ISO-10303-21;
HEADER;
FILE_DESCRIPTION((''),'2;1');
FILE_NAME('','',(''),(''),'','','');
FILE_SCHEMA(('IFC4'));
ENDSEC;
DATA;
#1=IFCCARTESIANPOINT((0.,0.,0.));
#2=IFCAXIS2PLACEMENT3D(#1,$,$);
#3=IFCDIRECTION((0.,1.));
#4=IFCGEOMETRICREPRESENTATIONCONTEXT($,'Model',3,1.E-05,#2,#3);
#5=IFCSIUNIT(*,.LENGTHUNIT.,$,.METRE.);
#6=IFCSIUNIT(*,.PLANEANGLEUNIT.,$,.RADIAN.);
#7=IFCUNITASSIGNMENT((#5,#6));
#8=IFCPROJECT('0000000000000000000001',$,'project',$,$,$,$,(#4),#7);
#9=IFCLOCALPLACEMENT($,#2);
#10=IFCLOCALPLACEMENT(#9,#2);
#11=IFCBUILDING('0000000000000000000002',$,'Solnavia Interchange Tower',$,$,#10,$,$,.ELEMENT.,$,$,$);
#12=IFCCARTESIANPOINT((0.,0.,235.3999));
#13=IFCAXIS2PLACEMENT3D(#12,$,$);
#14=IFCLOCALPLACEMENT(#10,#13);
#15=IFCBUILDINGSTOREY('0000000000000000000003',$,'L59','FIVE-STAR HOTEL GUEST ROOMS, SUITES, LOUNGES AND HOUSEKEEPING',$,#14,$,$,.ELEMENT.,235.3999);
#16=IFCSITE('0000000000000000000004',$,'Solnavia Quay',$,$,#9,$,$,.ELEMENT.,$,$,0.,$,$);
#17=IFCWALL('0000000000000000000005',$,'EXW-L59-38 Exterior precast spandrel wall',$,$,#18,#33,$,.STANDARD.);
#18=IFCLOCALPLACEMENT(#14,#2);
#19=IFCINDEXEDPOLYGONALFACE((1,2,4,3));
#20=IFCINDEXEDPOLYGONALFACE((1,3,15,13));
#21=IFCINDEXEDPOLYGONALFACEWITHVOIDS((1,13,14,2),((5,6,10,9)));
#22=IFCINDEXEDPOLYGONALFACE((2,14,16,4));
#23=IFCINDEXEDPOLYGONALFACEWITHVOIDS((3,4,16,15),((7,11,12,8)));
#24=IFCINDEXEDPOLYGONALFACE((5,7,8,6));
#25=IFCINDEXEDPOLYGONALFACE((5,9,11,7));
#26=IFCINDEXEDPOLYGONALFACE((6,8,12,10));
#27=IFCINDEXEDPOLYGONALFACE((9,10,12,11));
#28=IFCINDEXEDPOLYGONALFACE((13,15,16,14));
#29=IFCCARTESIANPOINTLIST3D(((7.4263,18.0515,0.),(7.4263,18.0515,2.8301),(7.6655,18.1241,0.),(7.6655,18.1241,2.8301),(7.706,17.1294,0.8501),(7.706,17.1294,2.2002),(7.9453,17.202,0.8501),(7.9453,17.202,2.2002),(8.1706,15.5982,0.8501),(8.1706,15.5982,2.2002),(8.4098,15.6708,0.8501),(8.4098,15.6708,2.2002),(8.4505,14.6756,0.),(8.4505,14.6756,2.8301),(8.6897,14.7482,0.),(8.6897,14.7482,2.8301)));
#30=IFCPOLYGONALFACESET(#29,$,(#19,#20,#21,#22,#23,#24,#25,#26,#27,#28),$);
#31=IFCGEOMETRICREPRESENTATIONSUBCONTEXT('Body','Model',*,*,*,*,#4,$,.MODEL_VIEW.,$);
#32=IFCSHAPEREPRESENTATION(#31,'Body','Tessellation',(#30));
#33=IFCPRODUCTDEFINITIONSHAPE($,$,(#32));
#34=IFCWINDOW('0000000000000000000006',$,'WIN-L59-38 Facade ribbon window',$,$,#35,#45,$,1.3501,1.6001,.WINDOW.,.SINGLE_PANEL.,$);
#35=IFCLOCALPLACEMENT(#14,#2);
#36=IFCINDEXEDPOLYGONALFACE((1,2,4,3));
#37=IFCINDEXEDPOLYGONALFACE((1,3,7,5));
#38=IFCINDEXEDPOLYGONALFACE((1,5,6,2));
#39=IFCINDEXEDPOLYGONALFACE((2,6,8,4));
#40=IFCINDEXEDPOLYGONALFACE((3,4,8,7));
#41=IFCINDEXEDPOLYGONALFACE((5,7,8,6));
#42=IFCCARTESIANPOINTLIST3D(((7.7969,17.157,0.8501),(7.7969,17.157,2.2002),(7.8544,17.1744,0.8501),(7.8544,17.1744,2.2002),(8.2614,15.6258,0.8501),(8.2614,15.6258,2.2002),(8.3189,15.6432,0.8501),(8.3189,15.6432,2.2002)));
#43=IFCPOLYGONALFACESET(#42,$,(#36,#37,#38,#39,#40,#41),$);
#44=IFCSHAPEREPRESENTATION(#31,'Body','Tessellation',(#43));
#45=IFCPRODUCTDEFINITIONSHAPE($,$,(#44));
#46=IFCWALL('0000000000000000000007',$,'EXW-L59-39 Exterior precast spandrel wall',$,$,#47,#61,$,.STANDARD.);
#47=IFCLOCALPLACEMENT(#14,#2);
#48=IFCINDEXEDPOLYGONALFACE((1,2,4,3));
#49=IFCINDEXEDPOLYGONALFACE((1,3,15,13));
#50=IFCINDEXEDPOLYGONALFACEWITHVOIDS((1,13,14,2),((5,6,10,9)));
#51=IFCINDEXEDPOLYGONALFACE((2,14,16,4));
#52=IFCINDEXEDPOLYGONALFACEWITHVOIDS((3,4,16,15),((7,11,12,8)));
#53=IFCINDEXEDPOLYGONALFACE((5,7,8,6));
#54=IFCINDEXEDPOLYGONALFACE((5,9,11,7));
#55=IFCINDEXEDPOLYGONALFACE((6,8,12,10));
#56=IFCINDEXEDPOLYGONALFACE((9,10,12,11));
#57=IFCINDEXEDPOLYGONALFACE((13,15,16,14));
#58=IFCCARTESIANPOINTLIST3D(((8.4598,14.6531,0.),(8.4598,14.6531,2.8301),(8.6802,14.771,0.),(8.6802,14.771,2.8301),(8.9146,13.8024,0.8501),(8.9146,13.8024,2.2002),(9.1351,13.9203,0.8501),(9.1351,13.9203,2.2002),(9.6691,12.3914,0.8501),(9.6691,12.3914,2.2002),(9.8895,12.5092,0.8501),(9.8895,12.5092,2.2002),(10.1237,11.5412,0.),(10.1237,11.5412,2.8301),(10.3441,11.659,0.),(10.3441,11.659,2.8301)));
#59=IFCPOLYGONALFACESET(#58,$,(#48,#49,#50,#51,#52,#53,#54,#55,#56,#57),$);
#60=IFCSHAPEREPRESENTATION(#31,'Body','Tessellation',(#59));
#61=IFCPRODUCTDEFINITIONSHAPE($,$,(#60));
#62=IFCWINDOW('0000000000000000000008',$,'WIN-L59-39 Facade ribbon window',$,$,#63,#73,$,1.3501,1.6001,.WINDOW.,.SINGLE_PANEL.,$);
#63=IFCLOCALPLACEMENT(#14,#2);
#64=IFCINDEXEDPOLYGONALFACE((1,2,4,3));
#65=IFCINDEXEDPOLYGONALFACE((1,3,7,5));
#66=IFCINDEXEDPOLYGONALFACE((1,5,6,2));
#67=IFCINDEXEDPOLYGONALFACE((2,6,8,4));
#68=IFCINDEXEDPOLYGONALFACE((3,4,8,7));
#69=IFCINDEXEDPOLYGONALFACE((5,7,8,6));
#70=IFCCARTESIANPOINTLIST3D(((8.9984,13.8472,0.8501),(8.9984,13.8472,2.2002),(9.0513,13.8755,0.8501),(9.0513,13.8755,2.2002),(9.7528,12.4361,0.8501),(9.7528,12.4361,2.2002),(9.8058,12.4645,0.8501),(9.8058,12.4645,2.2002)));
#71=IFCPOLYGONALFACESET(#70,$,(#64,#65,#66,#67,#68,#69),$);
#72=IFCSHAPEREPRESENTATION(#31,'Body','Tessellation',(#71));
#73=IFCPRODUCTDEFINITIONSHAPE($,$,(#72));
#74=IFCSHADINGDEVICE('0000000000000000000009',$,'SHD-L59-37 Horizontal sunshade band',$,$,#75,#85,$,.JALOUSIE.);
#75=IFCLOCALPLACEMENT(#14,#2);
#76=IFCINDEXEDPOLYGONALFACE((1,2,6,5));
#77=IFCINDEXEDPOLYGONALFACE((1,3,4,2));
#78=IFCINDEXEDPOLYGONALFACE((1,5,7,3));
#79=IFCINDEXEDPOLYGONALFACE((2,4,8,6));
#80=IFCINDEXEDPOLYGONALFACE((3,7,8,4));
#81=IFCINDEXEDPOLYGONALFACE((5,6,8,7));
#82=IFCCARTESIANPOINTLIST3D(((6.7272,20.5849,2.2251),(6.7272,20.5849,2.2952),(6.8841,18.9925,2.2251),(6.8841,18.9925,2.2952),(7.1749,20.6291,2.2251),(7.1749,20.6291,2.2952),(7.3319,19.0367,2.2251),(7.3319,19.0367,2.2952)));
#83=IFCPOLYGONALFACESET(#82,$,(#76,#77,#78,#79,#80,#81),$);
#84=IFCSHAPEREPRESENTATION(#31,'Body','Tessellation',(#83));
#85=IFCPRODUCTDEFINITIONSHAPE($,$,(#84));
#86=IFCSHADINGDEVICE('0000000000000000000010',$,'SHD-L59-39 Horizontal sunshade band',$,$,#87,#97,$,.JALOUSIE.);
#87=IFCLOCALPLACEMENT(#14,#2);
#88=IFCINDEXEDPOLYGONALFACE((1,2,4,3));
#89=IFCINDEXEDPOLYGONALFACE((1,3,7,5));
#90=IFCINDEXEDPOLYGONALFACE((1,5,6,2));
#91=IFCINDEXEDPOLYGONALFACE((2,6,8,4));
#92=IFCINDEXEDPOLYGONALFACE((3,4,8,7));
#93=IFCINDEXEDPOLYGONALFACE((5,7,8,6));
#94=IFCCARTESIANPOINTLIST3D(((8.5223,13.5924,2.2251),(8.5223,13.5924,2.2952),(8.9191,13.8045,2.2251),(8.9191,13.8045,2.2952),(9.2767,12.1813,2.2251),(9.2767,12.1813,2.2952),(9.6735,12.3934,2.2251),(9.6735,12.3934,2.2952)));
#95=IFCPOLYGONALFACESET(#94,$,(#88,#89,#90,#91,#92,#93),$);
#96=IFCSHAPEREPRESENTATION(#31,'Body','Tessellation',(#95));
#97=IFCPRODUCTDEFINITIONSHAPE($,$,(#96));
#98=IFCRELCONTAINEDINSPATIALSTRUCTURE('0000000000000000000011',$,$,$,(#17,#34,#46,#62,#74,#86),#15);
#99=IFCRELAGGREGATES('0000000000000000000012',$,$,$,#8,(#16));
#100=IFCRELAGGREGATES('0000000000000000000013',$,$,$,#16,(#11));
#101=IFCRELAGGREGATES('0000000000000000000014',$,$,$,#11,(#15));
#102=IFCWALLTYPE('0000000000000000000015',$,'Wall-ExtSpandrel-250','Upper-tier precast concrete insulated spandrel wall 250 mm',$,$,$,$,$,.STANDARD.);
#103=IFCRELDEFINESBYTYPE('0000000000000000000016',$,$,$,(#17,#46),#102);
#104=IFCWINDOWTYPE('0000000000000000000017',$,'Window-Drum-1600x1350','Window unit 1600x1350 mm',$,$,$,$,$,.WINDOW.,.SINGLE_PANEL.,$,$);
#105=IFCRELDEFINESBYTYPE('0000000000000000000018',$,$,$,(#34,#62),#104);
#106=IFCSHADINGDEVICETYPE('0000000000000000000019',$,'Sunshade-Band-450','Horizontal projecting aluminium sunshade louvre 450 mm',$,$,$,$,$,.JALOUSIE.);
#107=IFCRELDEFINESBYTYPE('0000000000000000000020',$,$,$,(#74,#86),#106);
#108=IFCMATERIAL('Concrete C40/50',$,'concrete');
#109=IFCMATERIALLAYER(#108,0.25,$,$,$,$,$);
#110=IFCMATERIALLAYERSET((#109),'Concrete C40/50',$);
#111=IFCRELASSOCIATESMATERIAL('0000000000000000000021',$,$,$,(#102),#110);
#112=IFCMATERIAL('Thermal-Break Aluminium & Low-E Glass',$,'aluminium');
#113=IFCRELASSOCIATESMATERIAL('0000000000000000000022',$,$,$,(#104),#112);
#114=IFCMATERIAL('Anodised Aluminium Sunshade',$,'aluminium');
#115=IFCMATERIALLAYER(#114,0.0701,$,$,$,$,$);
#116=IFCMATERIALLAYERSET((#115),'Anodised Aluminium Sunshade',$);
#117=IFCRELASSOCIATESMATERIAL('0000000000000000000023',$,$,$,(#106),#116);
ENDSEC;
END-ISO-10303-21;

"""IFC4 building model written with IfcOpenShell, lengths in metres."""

from ifc_helpers import new_model, si_unit, direction, frame, frame_2d, origin, origin_2d, place, context, subcontext, project, spatial, rectangle, extrude, material, layer, layer_set, type_object, element, fill, save


model = new_model("IFC4")

# Units and contexts
model_context = context("Model", 3, precision=1e-05, world=origin(), true_north=direction((0.0, 1.0)))
body_context = subcontext(model_context, "Body", "Model", "MODEL_VIEW")
ifc_project = project(units=[si_unit("LENGTHUNIT", "METRE"), si_unit("PLANEANGLEUNIT", "RADIAN")], contexts=[model_context])

# Site, building, storey
site_placement = place(None, origin())
site = spatial("IfcSite", under=ifc_project, at=site_placement, Name="Solnavia Quay", CompositionType="ELEMENT", RefElevation=0.0)
building_placement = place(site_placement, origin())
building = spatial("IfcBuilding", under=site, at=building_placement, Name="Solnavia Interchange Tower", CompositionType="ELEMENT")
storey_placement = place(building_placement, frame((0.0, 0.0, 235.3999)))
storey = spatial("IfcBuildingStorey", under=building, at=storey_placement, Name="L59", Description="FIVE-STAR HOTEL GUEST ROOMS, SUITES, LOUNGES AND HOUSEKEEPING", CompositionType="ELEMENT", Elevation=235.3999)

# Walls, openings, windows
ifc_material_1 = material(Name="Concrete C40/50", Category="concrete")
ifc_layer_1 = layer(ifc_material_1, 0.25)
ifc_layer_set_1 = layer_set([ifc_layer_1], Name="Concrete C40/50")
wall_type_1 = type_object("IfcWallType", Name="Wall-ExtSpandrel-250", Description="Upper-tier precast concrete insulated spandrel wall 250 mm", PredefinedType="STANDARD", material=ifc_layer_set_1)
ifc_material_2 = material(Name="Thermal-Break Aluminium & Low-E Glass", Category="aluminium")
window_type = type_object("IfcWindowType", Name="Window-Drum-1600x1350", Description="Window unit 1600x1350 mm", PartitioningType="SINGLE_PANEL", PredefinedType="WINDOW", material=ifc_material_2)
wall_1_placement = place(storey_placement, frame((8.5701, 14.7119, 0.0), z_axis=(0.0, 0.0, 1.0), x_axis=(-0.290305, 0.956934, 0.0)))
wall_1 = element("IfcWall", 1, at=wall_1_placement, inside=storey, type_object=wall_type_1, Name="EXW-L59-38 Exterior precast spandrel wall", PredefinedType="STANDARD", context=body_context, shape_type="SweptSolid", body=[
    extrude(rectangle(XDim=3.5278, YDim=0.25, at=frame_2d((1.7639, 0.0))), origin(), (0.0, 0.0, 1.0), 2.8301),
])
opening_1_placement = place(wall_1_placement, frame((0.9641, 0.0, 0.8501)))
opening_1 = element("IfcOpeningElement", 2, at=opening_1_placement, cuts=wall_1, PredefinedType="OPENING", context=body_context, shape_type="SweptSolid", body=[
    extrude(rectangle(XDim=1.6001, YDim=1.3501, at=frame_2d((0.8, 0.675))), frame((0.0, 0.135, 0.0), z_axis=(0.0, -1.0, 0.0), x_axis=(1.0, 0.0, 0.0)), (0.0, 0.0, 1.0), 0.27),
])
window_1_placement = place(opening_1_placement, origin())
window_1 = element("IfcWindow", 3, at=window_1_placement, inside=storey, type_object=window_type, Name="WIN-L59-38 Facade ribbon window", OverallHeight=1.3501, OverallWidth=1.6001, PartitioningType="SINGLE_PANEL", PredefinedType="WINDOW", context=body_context, shape_type="SweptSolid", body=[
    extrude(rectangle(XDim=1.6001, YDim=1.3501, at=frame_2d((0.8, 0.675))), frame((0.0, 0.03, 0.0), z_axis=(0.0, -1.0, 0.0), x_axis=(1.0, 0.0, 0.0)), (0.0, 0.0, 1.0), 0.0601),
])
fill(opening_1, window_1)
wall_2_placement = place(storey_placement, frame((10.2339, 11.6001, 0.0), z_axis=(0.0, 0.0, 1.0), x_axis=(-0.471511, 0.88186, 0.0)))
wall_2 = element("IfcWall", 4, at=wall_2_placement, inside=storey, type_object=wall_type_1, Name="EXW-L59-39 Exterior precast spandrel wall", PredefinedType="STANDARD", context=body_context, shape_type="SweptSolid", body=[
    extrude(rectangle(XDim=3.5288, YDim=0.25, at=frame_2d((1.7644, 0.0))), origin(), (0.0, 0.0, 1.0), 2.8301),
])
opening_2_placement = place(wall_2_placement, frame((0.9641, 0.0, 0.8501)))
opening_2 = element("IfcOpeningElement", 5, at=opening_2_placement, cuts=wall_2, PredefinedType="OPENING", context=body_context, shape_type="SweptSolid", body=[
    extrude(rectangle(XDim=1.6001, YDim=1.3501, at=frame_2d((0.8, 0.675))), frame((0.0, 0.135, 0.0), z_axis=(0.0, -1.0, 0.0), x_axis=(1.0, 0.0, 0.0)), (0.0, 0.0, 1.0), 0.27),
])
window_2_placement = place(opening_2_placement, origin())
window_2 = element("IfcWindow", 6, at=window_2_placement, inside=storey, type_object=window_type, Name="WIN-L59-39 Facade ribbon window", OverallHeight=1.3501, OverallWidth=1.6001, PartitioningType="SINGLE_PANEL", PredefinedType="WINDOW", context=body_context, shape_type="SweptSolid", body=[
    extrude(rectangle(XDim=1.6001, YDim=1.3501, at=frame_2d((0.8, 0.675))), frame((0.0, 0.03, 0.0), z_axis=(0.0, -1.0, 0.0), x_axis=(1.0, 0.0, 0.0)), (0.0, 0.0, 1.0), 0.0601),
])
fill(opening_2, window_2)

# Shading devices
ifc_material_3 = material(Name="Anodised Aluminium Sunshade", Category="aluminium")
ifc_layer_2 = layer(ifc_material_3, 0.0701)
ifc_layer_set_2 = layer_set([ifc_layer_2], Name="Anodised Aluminium Sunshade")
shading_device_type = type_object("IfcShadingDeviceType", Name="Sunshade-Band-450", Description="Horizontal projecting aluminium sunshade louvre 450 mm", PredefinedType="JALOUSIE", material=ifc_layer_set_2)
for number, where, z_axis, x_axis, name in (
    (7, (7.0295, 19.8108, 2.2251), (0.0, 0.0, 1.0), (-0.098104, 0.995176, 0.0), "SHD-L59-37 Horizontal sunshade band"),
    (8, (9.0979, 12.9929, 2.2251), (0.0, 0.0, 1.0), (-0.471474, 0.88188, 0.0), "SHD-L59-39 Horizontal sunshade band"),
):
    element("IfcShadingDevice", number, at=place(storey_placement, frame(where, z_axis=z_axis, x_axis=x_axis)), inside=storey, type_object=shading_device_type, Name=name, PredefinedType="JALOUSIE", context=body_context, shape_type="SweptSolid", body=[
        extrude(rectangle(XDim=1.6001, YDim=0.45, at=origin_2d()), origin(), (0.0, 0.0, 1.0), 0.0701),
    ])

save(model, "model.ifc")
